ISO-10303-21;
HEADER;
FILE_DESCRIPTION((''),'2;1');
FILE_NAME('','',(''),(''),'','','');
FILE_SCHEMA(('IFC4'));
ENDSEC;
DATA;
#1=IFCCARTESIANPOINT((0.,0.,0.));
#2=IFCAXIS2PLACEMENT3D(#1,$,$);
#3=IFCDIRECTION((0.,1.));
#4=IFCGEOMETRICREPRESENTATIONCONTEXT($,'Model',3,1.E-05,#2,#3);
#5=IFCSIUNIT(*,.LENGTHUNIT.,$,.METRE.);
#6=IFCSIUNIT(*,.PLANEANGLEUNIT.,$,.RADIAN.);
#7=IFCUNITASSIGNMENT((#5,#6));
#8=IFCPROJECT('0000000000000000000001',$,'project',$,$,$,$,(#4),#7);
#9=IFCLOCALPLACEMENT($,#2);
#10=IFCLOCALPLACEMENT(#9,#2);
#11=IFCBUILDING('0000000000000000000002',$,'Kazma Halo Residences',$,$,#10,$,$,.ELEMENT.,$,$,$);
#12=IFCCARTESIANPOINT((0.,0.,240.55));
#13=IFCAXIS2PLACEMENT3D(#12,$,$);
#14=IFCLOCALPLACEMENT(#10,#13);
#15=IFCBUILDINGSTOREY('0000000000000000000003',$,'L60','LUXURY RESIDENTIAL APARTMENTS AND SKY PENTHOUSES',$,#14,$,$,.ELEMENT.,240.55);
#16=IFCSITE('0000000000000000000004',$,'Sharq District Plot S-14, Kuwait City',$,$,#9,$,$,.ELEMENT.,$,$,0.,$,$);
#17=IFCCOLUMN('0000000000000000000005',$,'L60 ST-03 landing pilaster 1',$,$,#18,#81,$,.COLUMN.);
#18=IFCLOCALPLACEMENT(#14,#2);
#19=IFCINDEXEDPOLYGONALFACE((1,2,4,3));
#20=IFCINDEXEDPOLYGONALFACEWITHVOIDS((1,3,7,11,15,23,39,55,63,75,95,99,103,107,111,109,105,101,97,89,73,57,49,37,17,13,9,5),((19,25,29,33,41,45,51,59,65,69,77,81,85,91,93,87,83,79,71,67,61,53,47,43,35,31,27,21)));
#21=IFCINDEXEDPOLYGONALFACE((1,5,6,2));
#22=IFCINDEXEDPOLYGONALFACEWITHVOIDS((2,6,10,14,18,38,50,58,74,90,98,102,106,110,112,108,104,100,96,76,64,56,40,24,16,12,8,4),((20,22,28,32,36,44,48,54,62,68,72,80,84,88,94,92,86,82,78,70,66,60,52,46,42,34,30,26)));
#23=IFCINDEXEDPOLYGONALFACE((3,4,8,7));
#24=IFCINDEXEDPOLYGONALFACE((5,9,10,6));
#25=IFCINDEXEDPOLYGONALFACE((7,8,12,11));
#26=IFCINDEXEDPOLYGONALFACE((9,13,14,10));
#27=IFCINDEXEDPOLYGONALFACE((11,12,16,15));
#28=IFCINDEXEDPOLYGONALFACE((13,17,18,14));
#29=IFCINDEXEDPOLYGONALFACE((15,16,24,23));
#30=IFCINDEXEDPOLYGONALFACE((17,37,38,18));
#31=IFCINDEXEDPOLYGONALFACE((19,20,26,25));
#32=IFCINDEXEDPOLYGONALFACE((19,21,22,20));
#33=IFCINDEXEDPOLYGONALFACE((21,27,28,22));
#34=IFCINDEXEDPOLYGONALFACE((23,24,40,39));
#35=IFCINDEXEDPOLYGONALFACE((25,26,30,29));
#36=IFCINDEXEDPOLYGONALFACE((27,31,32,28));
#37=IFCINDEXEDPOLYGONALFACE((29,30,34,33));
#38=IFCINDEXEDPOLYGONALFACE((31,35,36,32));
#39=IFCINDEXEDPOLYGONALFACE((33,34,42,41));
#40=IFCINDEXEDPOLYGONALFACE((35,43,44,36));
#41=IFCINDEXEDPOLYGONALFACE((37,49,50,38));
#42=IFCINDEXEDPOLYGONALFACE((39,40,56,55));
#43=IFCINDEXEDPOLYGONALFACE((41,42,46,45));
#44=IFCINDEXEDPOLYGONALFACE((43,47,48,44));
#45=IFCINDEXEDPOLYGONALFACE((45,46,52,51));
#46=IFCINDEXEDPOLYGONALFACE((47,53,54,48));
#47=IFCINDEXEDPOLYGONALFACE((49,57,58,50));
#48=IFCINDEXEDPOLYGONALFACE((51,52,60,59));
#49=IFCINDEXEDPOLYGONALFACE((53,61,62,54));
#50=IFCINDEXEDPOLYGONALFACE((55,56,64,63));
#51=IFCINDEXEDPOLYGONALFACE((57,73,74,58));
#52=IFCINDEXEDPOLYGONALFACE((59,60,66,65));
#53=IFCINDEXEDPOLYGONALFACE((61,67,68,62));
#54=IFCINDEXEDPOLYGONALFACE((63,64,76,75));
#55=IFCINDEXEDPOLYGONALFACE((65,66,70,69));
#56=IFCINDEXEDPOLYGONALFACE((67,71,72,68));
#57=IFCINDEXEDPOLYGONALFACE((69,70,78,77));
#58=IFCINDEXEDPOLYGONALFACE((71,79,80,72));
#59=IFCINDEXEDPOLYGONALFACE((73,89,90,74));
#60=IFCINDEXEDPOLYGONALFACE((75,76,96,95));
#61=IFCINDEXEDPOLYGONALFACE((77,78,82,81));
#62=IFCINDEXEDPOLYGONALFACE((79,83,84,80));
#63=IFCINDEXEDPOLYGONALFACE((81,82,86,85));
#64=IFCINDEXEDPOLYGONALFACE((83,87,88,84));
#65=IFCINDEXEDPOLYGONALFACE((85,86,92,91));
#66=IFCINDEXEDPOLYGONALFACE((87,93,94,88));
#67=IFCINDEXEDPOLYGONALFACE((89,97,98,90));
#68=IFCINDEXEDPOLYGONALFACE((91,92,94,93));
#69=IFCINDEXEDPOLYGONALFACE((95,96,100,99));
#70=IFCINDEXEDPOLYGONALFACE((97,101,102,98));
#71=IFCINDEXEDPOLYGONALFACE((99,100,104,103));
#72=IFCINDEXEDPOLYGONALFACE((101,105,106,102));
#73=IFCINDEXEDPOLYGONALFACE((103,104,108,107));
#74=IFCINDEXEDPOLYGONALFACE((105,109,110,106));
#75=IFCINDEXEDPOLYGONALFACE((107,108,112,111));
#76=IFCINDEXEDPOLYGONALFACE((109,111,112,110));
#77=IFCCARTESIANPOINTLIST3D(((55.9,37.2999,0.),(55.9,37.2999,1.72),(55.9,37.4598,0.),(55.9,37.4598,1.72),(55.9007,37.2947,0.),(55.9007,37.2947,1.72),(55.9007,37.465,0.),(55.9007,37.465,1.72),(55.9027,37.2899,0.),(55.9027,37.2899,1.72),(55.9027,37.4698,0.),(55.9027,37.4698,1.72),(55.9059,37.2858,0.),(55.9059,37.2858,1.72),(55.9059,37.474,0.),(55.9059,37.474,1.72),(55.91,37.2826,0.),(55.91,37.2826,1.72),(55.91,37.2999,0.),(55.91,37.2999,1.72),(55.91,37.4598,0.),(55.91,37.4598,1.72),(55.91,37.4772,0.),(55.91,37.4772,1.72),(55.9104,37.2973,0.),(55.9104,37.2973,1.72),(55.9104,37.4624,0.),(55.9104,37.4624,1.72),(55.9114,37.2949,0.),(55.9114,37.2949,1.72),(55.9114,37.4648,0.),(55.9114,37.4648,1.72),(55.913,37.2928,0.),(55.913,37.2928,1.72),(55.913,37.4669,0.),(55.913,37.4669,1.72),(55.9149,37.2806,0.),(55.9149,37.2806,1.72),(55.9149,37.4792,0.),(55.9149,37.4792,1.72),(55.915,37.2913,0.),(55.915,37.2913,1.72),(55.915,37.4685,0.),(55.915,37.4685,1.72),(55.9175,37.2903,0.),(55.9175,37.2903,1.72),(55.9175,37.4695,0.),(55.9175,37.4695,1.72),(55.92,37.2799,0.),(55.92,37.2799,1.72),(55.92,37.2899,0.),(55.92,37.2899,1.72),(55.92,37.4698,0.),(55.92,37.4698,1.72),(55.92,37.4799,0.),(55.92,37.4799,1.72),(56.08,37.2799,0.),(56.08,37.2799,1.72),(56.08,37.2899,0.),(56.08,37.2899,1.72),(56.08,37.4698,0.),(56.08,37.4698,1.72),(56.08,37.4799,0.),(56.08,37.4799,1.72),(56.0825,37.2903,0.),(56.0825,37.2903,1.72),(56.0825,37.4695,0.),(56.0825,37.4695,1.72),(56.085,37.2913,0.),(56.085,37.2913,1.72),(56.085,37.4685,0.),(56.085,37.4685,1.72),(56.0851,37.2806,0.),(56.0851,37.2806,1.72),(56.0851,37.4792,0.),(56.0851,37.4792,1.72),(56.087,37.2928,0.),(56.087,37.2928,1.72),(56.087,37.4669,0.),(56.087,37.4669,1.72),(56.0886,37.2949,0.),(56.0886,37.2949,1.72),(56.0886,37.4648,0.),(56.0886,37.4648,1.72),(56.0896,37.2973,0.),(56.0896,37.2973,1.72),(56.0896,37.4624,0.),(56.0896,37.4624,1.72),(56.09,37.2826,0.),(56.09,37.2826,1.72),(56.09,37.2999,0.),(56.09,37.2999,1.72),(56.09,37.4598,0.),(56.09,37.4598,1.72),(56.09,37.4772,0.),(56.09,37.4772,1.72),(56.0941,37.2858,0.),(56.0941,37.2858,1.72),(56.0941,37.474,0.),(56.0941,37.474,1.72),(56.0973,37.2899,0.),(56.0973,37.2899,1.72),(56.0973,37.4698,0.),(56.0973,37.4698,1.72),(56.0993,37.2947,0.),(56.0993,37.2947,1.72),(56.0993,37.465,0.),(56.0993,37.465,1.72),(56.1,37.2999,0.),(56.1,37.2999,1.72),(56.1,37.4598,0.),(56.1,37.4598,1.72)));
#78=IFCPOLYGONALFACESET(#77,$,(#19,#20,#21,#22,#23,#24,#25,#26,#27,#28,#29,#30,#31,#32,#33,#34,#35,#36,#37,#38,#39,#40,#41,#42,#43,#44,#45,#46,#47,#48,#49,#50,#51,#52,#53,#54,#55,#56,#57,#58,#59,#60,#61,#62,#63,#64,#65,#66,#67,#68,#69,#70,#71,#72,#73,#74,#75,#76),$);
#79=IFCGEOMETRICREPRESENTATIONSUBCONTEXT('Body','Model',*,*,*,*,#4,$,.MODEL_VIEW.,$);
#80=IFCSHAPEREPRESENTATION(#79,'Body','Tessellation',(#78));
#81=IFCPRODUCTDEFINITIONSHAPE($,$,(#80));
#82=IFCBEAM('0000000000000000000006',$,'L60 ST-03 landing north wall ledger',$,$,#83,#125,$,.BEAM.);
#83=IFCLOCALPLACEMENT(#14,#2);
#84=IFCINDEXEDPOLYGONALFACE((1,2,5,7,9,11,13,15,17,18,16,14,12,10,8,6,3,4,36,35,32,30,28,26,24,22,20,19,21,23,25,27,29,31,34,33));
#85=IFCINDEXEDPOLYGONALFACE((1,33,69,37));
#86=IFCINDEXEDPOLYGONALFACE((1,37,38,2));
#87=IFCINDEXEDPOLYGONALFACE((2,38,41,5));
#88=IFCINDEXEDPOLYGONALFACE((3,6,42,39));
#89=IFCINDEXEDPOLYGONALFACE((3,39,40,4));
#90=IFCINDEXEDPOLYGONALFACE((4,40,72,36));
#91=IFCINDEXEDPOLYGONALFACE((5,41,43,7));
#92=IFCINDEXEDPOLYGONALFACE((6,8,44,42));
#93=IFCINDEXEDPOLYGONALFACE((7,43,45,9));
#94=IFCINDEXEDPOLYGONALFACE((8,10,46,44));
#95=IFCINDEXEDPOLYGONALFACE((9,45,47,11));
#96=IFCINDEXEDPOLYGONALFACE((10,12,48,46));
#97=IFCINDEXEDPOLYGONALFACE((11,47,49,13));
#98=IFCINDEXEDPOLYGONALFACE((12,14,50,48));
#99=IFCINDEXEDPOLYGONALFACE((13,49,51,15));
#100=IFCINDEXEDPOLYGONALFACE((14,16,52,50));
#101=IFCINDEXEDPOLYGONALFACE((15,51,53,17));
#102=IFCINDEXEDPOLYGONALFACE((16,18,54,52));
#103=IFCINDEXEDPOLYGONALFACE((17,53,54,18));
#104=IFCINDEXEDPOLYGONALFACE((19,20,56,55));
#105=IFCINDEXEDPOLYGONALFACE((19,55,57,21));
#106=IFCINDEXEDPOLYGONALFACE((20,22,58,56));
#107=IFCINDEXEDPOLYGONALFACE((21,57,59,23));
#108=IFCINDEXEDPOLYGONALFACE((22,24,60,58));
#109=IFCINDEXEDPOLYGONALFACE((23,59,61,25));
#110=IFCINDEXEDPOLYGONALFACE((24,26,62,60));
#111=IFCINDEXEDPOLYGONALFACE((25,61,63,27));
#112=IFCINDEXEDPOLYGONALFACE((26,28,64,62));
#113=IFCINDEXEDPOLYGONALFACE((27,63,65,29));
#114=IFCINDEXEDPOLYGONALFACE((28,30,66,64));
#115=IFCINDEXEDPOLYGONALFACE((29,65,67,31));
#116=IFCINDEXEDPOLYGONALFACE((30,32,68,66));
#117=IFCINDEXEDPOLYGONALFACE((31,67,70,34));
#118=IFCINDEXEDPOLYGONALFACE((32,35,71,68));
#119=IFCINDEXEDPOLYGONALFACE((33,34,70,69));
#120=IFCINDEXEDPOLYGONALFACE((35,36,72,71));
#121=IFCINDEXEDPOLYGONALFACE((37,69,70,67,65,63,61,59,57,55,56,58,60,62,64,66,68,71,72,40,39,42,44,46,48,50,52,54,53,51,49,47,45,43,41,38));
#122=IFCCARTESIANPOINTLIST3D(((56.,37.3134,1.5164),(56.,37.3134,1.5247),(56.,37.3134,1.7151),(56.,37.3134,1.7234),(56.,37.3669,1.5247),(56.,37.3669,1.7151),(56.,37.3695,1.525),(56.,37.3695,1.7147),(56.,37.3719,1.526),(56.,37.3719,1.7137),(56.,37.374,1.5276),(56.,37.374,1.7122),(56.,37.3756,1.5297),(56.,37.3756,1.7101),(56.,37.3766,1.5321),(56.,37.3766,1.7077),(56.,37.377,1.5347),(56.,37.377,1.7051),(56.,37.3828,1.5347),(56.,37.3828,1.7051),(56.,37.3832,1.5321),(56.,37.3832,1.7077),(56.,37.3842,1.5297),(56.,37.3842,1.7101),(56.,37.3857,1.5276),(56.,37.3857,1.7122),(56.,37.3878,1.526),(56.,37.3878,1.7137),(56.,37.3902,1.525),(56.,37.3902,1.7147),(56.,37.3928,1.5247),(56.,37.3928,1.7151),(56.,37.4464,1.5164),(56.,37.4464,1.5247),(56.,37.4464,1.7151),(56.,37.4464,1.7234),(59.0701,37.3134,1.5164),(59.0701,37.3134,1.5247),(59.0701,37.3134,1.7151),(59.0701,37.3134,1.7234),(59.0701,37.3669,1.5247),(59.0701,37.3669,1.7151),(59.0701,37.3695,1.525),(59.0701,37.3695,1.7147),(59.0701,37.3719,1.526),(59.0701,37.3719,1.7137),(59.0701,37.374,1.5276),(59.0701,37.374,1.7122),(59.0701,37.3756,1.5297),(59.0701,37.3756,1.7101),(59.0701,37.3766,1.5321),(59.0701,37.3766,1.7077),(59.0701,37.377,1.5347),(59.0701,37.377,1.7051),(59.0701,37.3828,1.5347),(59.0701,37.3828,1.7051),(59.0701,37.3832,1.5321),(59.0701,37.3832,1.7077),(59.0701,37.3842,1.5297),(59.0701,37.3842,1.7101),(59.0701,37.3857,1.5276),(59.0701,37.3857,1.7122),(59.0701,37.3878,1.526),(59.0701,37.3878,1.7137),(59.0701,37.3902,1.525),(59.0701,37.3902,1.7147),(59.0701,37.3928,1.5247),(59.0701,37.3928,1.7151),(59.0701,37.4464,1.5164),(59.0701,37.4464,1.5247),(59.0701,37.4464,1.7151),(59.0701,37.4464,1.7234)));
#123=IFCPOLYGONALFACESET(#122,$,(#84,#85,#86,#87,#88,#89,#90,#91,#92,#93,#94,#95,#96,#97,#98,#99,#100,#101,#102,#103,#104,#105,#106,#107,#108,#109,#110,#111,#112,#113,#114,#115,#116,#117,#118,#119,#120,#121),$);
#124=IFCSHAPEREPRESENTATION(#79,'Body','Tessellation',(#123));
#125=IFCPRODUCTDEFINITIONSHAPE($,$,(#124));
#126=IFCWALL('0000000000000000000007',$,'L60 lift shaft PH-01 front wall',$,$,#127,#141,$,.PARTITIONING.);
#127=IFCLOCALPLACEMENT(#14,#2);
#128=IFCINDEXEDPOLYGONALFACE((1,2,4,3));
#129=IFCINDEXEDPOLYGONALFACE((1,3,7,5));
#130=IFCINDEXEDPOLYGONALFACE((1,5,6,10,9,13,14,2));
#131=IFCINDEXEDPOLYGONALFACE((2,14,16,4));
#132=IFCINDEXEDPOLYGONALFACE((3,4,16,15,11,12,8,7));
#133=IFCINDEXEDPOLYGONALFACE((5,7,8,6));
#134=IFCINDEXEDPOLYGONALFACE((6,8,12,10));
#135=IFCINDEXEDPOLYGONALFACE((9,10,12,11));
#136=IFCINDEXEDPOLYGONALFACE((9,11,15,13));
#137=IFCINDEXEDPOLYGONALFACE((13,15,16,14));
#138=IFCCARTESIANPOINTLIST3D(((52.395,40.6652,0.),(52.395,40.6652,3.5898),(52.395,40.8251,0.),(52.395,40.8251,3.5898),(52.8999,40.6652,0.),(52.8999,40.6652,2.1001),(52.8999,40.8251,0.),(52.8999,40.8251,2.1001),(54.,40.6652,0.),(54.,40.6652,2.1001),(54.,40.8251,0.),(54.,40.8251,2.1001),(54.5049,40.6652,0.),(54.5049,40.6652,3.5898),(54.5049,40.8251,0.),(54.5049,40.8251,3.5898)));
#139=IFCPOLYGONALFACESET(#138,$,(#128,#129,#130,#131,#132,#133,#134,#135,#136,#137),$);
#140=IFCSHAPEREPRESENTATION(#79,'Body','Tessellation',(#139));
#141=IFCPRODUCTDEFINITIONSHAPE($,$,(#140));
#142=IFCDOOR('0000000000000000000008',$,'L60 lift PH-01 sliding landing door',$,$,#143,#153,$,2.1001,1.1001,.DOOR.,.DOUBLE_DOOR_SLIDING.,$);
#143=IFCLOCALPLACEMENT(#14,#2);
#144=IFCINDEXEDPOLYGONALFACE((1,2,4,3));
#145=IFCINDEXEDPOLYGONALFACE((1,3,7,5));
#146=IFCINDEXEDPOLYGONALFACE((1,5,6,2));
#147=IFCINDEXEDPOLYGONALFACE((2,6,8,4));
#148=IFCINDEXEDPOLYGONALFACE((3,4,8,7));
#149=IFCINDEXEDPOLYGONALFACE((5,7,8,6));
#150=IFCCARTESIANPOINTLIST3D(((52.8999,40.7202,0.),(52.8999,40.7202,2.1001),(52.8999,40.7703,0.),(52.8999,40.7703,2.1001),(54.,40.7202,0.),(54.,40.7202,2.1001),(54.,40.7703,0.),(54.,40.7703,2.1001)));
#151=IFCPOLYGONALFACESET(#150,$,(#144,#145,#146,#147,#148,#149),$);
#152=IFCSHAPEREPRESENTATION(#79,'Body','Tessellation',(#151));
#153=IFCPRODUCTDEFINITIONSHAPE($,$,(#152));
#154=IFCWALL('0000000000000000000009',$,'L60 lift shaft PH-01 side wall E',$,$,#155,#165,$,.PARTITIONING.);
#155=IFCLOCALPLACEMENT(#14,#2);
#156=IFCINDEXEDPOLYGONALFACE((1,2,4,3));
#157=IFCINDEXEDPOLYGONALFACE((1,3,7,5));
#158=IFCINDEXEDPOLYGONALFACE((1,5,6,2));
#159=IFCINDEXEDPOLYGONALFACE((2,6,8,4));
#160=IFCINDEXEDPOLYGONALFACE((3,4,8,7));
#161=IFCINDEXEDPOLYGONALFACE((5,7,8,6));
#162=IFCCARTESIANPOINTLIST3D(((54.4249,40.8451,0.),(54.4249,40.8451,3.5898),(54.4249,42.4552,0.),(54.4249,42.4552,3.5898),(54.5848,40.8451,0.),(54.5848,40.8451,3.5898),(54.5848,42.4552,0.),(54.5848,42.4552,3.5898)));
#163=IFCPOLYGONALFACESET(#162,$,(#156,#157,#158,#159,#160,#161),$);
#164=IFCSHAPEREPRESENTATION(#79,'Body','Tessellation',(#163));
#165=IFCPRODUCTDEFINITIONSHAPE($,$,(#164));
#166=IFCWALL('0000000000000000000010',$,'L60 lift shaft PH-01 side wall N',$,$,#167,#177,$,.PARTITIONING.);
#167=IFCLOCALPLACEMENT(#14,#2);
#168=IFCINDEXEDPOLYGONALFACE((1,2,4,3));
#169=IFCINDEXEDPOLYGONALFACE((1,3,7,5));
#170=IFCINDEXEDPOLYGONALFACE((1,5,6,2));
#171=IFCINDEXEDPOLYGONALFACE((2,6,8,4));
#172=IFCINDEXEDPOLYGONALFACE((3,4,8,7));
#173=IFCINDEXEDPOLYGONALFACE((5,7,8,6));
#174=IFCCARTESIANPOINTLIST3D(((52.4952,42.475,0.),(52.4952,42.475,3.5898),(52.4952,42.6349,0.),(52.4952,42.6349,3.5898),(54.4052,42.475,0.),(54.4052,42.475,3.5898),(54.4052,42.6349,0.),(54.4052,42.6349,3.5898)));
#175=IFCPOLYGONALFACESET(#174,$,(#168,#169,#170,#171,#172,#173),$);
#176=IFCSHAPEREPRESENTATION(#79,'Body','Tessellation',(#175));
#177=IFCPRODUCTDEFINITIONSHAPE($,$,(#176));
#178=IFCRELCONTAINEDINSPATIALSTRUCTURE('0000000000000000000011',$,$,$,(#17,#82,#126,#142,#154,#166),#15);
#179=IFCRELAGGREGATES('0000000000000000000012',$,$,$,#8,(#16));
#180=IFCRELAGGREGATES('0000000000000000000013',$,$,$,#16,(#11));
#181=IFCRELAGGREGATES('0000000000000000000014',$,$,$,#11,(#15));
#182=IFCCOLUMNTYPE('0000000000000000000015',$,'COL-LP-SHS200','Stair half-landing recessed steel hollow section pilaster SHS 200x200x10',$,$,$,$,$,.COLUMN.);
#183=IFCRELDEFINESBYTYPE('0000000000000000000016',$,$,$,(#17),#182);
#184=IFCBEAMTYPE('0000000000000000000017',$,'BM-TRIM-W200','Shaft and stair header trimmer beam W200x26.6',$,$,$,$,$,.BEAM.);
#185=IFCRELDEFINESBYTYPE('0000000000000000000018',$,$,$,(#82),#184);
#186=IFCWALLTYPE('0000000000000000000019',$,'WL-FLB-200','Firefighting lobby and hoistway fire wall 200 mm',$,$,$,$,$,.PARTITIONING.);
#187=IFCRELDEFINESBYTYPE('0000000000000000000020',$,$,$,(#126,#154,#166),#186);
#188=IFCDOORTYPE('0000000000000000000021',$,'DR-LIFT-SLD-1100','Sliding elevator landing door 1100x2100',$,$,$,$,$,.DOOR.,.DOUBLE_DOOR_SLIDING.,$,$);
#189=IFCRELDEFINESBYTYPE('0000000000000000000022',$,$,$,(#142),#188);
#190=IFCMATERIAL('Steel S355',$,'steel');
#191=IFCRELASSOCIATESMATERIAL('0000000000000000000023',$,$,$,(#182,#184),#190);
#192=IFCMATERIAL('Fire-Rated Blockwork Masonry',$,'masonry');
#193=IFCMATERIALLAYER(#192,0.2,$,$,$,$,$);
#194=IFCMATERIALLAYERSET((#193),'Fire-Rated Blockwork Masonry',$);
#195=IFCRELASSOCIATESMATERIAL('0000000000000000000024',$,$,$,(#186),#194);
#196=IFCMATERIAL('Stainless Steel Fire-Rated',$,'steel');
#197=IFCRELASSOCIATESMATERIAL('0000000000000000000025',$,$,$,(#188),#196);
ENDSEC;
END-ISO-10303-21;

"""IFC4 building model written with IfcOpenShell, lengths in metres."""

from ifc_helpers import new_model, si_unit, direction, frame, frame_2d, origin, origin_2d, place, context, subcontext, project, spatial, rectangle, hollow_rectangle, i_section, extrude, material, layer, layer_set, material_profile, profile_set, type_object, element, fill, save


model = new_model("IFC4")

# Units and contexts
model_context = context("Model", 3, precision=1e-05, world=origin(), true_north=direction((0.0, 1.0)))
body_context = subcontext(model_context, "Body", "Model", "MODEL_VIEW")
ifc_project = project(units=[si_unit("LENGTHUNIT", "METRE"), si_unit("PLANEANGLEUNIT", "RADIAN")], contexts=[model_context])

# Site, building, storey
site_placement = place(None, origin())
site = spatial("IfcSite", under=ifc_project, at=site_placement, Name="Sharq District Plot S-14, Kuwait City", CompositionType="ELEMENT", RefElevation=0.0)
building_placement = place(site_placement, origin())
building = spatial("IfcBuilding", under=site, at=building_placement, Name="Kazma Halo Residences", CompositionType="ELEMENT")
storey_placement = place(building_placement, frame((0.0, 0.0, 240.55)))
storey = spatial("IfcBuildingStorey", under=building, at=storey_placement, Name="L60", Description="LUXURY RESIDENTIAL APARTMENTS AND SKY PENTHOUSES", CompositionType="ELEMENT", Elevation=240.55)

# Column
ifc_material_1 = material(Name="Steel S355", Category="steel")
ifc_material_profile_1 = material_profile(ifc_material_1, hollow_rectangle(XDim=0.2, YDim=0.2, WallThickness=0.01, InnerFilletRadius=0.01, OuterFilletRadius=0.02, at=origin_2d()), Name="SHS200x200x10")
ifc_profile_set_1 = profile_set([ifc_material_profile_1], Name="Steel S355")
column_type = type_object("IfcColumnType", Name="COL-LP-SHS200", Description="Stair half-landing recessed steel hollow section pilaster SHS 200x200x10", PredefinedType="COLUMN", material=ifc_profile_set_1)
column_placement = place(storey_placement, frame((56.0, 37.3799, 0.0), z_axis=(0.0, 0.0, 1.0), x_axis=(1.0, 0.0, 0.0)))
element("IfcColumn", 1, at=column_placement, inside=storey, type_object=column_type, Name="L60 ST-03 landing pilaster 1", PredefinedType="COLUMN", context=body_context, shape_type="SweptSolid", body=[
    extrude(hollow_rectangle(XDim=0.2, YDim=0.2, WallThickness=0.01, InnerFilletRadius=0.01, OuterFilletRadius=0.02, at=origin_2d()), origin(), (0.0, 0.0, 1.0), 1.72),
])

# Beam
ifc_material_profile_2 = material_profile(ifc_material_1, i_section(OverallWidth=0.1331, OverallDepth=0.207, WebThickness=0.0059, FlangeThickness=0.0083, FilletRadius=0.01, at=origin_2d()), Name="W200x26.6")
ifc_profile_set_2 = profile_set([ifc_material_profile_2], Name="Steel S355")
beam_type = type_object("IfcBeamType", Name="BM-TRIM-W200", Description="Shaft and stair header trimmer beam W200x26.6", PredefinedType="BEAM", material=ifc_profile_set_2)
beam_placement = place(storey_placement, frame((56.0, 37.3799, 1.6199), z_axis=(1.0, 0.0, 0.0), x_axis=(0.0, 1.0, 0.0)))
element("IfcBeam", 2, at=beam_placement, inside=storey, type_object=beam_type, Name="L60 ST-03 landing north wall ledger", PredefinedType="BEAM", context=body_context, shape_type="SweptSolid", body=[
    extrude(i_section(OverallWidth=0.1331, OverallDepth=0.207, WebThickness=0.0059, FlangeThickness=0.0083, FilletRadius=0.01, at=origin_2d()), origin(), (0.0, 0.0, 1.0), 3.0701),
])

# Wall, opening, door
ifc_material_2 = material(Name="Fire-Rated Blockwork Masonry", Category="masonry")
ifc_layer_1 = layer(ifc_material_2, 0.2)
ifc_layer_set_1 = layer_set([ifc_layer_1], Name="Fire-Rated Blockwork Masonry")
wall_type_1 = type_object("IfcWallType", Name="WL-FLB-200", Description="Firefighting lobby and hoistway fire wall 200 mm", PredefinedType="PARTITIONING", material=ifc_layer_set_1)
wall_1_placement = place(storey_placement, frame((54.5049, 40.7451, 0.0), z_axis=(0.0, 0.0, 1.0), x_axis=(-1.0, 0.0, 0.0)))
wall_1 = element("IfcWall", 3, at=wall_1_placement, inside=storey, type_object=wall_type_1, Name="L60 lift shaft PH-01 front wall", PredefinedType="PARTITIONING", context=body_context, shape_type="SweptSolid", body=[
    extrude(rectangle(XDim=2.1099, YDim=0.1599, at=frame_2d((1.0549, 0.0))), origin(), (0.0, 0.0, 1.0), 3.5898),
])
opening_1_placement = place(wall_1_placement, frame((0.5049, 0.0, 0.0)))
opening_1 = element("IfcOpeningElement", 4, at=opening_1_placement, cuts=wall_1, PredefinedType="OPENING", context=body_context, shape_type="SweptSolid", body=[
    extrude(rectangle(XDim=1.1001, YDim=2.1001, at=frame_2d((0.55, 1.05))), frame((0.0, 0.0898, 0.0), z_axis=(0.0, -1.0, 0.0), x_axis=(1.0, 0.0, 0.0)), (0.0, 0.0, 1.0), 0.1799),
])
ifc_material_3 = material(Name="Stainless Steel Fire-Rated", Category="steel")
door_type_1 = type_object("IfcDoorType", Name="DR-LIFT-SLD-1100", Description="Sliding elevator landing door 1100x2100", OperationType="DOUBLE_DOOR_SLIDING", PredefinedType="DOOR", material=ifc_material_3)
door_1_placement = place(opening_1_placement, origin())
door_1 = element("IfcDoor", 5, at=door_1_placement, inside=storey, type_object=door_type_1, Name="L60 lift PH-01 sliding landing door", OperationType="DOUBLE_DOOR_SLIDING", OverallHeight=2.1001, OverallWidth=1.1001, PredefinedType="DOOR", context=body_context, shape_type="SweptSolid", body=[
    extrude(rectangle(XDim=1.1001, YDim=2.1001, at=frame_2d((0.55, 1.05))), frame((0.0, 0.0249, 0.0), z_axis=(0.0, -1.0, 0.0), x_axis=(1.0, 0.0, 0.0)), (0.0, 0.0, 1.0), 0.05),
])
fill(opening_1, door_1)

# Walls
wall_2_placement = place(storey_placement, frame((54.5049, 40.845, 0.0), z_axis=(0.0, 0.0, 1.0), x_axis=(0.0, 1.0, 0.0)))
element("IfcWall", 6, at=wall_2_placement, inside=storey, type_object=wall_type_1, Name="L60 lift shaft PH-01 side wall E", PredefinedType="PARTITIONING", context=body_context, shape_type="SweptSolid", body=[
    extrude(rectangle(XDim=1.6101, YDim=0.1599, at=frame_2d((0.8052, 0.0))), origin(), (0.0, 0.0, 1.0), 3.5898),
])
wall_3_placement = place(storey_placement, frame((52.4951, 42.5549, 0.0), z_axis=(0.0, 0.0, 1.0), x_axis=(1.0, 0.0, 0.0)))
element("IfcWall", 7, at=wall_3_placement, inside=storey, type_object=wall_type_1, Name="L60 lift shaft PH-01 side wall N", PredefinedType="PARTITIONING", context=body_context, shape_type="SweptSolid", body=[
    extrude(rectangle(XDim=1.9099, YDim=0.1599, at=frame_2d((0.9551, 0.0))), origin(), (0.0, 0.0, 1.0), 3.5898),
])

save(model, "model.ifc")
